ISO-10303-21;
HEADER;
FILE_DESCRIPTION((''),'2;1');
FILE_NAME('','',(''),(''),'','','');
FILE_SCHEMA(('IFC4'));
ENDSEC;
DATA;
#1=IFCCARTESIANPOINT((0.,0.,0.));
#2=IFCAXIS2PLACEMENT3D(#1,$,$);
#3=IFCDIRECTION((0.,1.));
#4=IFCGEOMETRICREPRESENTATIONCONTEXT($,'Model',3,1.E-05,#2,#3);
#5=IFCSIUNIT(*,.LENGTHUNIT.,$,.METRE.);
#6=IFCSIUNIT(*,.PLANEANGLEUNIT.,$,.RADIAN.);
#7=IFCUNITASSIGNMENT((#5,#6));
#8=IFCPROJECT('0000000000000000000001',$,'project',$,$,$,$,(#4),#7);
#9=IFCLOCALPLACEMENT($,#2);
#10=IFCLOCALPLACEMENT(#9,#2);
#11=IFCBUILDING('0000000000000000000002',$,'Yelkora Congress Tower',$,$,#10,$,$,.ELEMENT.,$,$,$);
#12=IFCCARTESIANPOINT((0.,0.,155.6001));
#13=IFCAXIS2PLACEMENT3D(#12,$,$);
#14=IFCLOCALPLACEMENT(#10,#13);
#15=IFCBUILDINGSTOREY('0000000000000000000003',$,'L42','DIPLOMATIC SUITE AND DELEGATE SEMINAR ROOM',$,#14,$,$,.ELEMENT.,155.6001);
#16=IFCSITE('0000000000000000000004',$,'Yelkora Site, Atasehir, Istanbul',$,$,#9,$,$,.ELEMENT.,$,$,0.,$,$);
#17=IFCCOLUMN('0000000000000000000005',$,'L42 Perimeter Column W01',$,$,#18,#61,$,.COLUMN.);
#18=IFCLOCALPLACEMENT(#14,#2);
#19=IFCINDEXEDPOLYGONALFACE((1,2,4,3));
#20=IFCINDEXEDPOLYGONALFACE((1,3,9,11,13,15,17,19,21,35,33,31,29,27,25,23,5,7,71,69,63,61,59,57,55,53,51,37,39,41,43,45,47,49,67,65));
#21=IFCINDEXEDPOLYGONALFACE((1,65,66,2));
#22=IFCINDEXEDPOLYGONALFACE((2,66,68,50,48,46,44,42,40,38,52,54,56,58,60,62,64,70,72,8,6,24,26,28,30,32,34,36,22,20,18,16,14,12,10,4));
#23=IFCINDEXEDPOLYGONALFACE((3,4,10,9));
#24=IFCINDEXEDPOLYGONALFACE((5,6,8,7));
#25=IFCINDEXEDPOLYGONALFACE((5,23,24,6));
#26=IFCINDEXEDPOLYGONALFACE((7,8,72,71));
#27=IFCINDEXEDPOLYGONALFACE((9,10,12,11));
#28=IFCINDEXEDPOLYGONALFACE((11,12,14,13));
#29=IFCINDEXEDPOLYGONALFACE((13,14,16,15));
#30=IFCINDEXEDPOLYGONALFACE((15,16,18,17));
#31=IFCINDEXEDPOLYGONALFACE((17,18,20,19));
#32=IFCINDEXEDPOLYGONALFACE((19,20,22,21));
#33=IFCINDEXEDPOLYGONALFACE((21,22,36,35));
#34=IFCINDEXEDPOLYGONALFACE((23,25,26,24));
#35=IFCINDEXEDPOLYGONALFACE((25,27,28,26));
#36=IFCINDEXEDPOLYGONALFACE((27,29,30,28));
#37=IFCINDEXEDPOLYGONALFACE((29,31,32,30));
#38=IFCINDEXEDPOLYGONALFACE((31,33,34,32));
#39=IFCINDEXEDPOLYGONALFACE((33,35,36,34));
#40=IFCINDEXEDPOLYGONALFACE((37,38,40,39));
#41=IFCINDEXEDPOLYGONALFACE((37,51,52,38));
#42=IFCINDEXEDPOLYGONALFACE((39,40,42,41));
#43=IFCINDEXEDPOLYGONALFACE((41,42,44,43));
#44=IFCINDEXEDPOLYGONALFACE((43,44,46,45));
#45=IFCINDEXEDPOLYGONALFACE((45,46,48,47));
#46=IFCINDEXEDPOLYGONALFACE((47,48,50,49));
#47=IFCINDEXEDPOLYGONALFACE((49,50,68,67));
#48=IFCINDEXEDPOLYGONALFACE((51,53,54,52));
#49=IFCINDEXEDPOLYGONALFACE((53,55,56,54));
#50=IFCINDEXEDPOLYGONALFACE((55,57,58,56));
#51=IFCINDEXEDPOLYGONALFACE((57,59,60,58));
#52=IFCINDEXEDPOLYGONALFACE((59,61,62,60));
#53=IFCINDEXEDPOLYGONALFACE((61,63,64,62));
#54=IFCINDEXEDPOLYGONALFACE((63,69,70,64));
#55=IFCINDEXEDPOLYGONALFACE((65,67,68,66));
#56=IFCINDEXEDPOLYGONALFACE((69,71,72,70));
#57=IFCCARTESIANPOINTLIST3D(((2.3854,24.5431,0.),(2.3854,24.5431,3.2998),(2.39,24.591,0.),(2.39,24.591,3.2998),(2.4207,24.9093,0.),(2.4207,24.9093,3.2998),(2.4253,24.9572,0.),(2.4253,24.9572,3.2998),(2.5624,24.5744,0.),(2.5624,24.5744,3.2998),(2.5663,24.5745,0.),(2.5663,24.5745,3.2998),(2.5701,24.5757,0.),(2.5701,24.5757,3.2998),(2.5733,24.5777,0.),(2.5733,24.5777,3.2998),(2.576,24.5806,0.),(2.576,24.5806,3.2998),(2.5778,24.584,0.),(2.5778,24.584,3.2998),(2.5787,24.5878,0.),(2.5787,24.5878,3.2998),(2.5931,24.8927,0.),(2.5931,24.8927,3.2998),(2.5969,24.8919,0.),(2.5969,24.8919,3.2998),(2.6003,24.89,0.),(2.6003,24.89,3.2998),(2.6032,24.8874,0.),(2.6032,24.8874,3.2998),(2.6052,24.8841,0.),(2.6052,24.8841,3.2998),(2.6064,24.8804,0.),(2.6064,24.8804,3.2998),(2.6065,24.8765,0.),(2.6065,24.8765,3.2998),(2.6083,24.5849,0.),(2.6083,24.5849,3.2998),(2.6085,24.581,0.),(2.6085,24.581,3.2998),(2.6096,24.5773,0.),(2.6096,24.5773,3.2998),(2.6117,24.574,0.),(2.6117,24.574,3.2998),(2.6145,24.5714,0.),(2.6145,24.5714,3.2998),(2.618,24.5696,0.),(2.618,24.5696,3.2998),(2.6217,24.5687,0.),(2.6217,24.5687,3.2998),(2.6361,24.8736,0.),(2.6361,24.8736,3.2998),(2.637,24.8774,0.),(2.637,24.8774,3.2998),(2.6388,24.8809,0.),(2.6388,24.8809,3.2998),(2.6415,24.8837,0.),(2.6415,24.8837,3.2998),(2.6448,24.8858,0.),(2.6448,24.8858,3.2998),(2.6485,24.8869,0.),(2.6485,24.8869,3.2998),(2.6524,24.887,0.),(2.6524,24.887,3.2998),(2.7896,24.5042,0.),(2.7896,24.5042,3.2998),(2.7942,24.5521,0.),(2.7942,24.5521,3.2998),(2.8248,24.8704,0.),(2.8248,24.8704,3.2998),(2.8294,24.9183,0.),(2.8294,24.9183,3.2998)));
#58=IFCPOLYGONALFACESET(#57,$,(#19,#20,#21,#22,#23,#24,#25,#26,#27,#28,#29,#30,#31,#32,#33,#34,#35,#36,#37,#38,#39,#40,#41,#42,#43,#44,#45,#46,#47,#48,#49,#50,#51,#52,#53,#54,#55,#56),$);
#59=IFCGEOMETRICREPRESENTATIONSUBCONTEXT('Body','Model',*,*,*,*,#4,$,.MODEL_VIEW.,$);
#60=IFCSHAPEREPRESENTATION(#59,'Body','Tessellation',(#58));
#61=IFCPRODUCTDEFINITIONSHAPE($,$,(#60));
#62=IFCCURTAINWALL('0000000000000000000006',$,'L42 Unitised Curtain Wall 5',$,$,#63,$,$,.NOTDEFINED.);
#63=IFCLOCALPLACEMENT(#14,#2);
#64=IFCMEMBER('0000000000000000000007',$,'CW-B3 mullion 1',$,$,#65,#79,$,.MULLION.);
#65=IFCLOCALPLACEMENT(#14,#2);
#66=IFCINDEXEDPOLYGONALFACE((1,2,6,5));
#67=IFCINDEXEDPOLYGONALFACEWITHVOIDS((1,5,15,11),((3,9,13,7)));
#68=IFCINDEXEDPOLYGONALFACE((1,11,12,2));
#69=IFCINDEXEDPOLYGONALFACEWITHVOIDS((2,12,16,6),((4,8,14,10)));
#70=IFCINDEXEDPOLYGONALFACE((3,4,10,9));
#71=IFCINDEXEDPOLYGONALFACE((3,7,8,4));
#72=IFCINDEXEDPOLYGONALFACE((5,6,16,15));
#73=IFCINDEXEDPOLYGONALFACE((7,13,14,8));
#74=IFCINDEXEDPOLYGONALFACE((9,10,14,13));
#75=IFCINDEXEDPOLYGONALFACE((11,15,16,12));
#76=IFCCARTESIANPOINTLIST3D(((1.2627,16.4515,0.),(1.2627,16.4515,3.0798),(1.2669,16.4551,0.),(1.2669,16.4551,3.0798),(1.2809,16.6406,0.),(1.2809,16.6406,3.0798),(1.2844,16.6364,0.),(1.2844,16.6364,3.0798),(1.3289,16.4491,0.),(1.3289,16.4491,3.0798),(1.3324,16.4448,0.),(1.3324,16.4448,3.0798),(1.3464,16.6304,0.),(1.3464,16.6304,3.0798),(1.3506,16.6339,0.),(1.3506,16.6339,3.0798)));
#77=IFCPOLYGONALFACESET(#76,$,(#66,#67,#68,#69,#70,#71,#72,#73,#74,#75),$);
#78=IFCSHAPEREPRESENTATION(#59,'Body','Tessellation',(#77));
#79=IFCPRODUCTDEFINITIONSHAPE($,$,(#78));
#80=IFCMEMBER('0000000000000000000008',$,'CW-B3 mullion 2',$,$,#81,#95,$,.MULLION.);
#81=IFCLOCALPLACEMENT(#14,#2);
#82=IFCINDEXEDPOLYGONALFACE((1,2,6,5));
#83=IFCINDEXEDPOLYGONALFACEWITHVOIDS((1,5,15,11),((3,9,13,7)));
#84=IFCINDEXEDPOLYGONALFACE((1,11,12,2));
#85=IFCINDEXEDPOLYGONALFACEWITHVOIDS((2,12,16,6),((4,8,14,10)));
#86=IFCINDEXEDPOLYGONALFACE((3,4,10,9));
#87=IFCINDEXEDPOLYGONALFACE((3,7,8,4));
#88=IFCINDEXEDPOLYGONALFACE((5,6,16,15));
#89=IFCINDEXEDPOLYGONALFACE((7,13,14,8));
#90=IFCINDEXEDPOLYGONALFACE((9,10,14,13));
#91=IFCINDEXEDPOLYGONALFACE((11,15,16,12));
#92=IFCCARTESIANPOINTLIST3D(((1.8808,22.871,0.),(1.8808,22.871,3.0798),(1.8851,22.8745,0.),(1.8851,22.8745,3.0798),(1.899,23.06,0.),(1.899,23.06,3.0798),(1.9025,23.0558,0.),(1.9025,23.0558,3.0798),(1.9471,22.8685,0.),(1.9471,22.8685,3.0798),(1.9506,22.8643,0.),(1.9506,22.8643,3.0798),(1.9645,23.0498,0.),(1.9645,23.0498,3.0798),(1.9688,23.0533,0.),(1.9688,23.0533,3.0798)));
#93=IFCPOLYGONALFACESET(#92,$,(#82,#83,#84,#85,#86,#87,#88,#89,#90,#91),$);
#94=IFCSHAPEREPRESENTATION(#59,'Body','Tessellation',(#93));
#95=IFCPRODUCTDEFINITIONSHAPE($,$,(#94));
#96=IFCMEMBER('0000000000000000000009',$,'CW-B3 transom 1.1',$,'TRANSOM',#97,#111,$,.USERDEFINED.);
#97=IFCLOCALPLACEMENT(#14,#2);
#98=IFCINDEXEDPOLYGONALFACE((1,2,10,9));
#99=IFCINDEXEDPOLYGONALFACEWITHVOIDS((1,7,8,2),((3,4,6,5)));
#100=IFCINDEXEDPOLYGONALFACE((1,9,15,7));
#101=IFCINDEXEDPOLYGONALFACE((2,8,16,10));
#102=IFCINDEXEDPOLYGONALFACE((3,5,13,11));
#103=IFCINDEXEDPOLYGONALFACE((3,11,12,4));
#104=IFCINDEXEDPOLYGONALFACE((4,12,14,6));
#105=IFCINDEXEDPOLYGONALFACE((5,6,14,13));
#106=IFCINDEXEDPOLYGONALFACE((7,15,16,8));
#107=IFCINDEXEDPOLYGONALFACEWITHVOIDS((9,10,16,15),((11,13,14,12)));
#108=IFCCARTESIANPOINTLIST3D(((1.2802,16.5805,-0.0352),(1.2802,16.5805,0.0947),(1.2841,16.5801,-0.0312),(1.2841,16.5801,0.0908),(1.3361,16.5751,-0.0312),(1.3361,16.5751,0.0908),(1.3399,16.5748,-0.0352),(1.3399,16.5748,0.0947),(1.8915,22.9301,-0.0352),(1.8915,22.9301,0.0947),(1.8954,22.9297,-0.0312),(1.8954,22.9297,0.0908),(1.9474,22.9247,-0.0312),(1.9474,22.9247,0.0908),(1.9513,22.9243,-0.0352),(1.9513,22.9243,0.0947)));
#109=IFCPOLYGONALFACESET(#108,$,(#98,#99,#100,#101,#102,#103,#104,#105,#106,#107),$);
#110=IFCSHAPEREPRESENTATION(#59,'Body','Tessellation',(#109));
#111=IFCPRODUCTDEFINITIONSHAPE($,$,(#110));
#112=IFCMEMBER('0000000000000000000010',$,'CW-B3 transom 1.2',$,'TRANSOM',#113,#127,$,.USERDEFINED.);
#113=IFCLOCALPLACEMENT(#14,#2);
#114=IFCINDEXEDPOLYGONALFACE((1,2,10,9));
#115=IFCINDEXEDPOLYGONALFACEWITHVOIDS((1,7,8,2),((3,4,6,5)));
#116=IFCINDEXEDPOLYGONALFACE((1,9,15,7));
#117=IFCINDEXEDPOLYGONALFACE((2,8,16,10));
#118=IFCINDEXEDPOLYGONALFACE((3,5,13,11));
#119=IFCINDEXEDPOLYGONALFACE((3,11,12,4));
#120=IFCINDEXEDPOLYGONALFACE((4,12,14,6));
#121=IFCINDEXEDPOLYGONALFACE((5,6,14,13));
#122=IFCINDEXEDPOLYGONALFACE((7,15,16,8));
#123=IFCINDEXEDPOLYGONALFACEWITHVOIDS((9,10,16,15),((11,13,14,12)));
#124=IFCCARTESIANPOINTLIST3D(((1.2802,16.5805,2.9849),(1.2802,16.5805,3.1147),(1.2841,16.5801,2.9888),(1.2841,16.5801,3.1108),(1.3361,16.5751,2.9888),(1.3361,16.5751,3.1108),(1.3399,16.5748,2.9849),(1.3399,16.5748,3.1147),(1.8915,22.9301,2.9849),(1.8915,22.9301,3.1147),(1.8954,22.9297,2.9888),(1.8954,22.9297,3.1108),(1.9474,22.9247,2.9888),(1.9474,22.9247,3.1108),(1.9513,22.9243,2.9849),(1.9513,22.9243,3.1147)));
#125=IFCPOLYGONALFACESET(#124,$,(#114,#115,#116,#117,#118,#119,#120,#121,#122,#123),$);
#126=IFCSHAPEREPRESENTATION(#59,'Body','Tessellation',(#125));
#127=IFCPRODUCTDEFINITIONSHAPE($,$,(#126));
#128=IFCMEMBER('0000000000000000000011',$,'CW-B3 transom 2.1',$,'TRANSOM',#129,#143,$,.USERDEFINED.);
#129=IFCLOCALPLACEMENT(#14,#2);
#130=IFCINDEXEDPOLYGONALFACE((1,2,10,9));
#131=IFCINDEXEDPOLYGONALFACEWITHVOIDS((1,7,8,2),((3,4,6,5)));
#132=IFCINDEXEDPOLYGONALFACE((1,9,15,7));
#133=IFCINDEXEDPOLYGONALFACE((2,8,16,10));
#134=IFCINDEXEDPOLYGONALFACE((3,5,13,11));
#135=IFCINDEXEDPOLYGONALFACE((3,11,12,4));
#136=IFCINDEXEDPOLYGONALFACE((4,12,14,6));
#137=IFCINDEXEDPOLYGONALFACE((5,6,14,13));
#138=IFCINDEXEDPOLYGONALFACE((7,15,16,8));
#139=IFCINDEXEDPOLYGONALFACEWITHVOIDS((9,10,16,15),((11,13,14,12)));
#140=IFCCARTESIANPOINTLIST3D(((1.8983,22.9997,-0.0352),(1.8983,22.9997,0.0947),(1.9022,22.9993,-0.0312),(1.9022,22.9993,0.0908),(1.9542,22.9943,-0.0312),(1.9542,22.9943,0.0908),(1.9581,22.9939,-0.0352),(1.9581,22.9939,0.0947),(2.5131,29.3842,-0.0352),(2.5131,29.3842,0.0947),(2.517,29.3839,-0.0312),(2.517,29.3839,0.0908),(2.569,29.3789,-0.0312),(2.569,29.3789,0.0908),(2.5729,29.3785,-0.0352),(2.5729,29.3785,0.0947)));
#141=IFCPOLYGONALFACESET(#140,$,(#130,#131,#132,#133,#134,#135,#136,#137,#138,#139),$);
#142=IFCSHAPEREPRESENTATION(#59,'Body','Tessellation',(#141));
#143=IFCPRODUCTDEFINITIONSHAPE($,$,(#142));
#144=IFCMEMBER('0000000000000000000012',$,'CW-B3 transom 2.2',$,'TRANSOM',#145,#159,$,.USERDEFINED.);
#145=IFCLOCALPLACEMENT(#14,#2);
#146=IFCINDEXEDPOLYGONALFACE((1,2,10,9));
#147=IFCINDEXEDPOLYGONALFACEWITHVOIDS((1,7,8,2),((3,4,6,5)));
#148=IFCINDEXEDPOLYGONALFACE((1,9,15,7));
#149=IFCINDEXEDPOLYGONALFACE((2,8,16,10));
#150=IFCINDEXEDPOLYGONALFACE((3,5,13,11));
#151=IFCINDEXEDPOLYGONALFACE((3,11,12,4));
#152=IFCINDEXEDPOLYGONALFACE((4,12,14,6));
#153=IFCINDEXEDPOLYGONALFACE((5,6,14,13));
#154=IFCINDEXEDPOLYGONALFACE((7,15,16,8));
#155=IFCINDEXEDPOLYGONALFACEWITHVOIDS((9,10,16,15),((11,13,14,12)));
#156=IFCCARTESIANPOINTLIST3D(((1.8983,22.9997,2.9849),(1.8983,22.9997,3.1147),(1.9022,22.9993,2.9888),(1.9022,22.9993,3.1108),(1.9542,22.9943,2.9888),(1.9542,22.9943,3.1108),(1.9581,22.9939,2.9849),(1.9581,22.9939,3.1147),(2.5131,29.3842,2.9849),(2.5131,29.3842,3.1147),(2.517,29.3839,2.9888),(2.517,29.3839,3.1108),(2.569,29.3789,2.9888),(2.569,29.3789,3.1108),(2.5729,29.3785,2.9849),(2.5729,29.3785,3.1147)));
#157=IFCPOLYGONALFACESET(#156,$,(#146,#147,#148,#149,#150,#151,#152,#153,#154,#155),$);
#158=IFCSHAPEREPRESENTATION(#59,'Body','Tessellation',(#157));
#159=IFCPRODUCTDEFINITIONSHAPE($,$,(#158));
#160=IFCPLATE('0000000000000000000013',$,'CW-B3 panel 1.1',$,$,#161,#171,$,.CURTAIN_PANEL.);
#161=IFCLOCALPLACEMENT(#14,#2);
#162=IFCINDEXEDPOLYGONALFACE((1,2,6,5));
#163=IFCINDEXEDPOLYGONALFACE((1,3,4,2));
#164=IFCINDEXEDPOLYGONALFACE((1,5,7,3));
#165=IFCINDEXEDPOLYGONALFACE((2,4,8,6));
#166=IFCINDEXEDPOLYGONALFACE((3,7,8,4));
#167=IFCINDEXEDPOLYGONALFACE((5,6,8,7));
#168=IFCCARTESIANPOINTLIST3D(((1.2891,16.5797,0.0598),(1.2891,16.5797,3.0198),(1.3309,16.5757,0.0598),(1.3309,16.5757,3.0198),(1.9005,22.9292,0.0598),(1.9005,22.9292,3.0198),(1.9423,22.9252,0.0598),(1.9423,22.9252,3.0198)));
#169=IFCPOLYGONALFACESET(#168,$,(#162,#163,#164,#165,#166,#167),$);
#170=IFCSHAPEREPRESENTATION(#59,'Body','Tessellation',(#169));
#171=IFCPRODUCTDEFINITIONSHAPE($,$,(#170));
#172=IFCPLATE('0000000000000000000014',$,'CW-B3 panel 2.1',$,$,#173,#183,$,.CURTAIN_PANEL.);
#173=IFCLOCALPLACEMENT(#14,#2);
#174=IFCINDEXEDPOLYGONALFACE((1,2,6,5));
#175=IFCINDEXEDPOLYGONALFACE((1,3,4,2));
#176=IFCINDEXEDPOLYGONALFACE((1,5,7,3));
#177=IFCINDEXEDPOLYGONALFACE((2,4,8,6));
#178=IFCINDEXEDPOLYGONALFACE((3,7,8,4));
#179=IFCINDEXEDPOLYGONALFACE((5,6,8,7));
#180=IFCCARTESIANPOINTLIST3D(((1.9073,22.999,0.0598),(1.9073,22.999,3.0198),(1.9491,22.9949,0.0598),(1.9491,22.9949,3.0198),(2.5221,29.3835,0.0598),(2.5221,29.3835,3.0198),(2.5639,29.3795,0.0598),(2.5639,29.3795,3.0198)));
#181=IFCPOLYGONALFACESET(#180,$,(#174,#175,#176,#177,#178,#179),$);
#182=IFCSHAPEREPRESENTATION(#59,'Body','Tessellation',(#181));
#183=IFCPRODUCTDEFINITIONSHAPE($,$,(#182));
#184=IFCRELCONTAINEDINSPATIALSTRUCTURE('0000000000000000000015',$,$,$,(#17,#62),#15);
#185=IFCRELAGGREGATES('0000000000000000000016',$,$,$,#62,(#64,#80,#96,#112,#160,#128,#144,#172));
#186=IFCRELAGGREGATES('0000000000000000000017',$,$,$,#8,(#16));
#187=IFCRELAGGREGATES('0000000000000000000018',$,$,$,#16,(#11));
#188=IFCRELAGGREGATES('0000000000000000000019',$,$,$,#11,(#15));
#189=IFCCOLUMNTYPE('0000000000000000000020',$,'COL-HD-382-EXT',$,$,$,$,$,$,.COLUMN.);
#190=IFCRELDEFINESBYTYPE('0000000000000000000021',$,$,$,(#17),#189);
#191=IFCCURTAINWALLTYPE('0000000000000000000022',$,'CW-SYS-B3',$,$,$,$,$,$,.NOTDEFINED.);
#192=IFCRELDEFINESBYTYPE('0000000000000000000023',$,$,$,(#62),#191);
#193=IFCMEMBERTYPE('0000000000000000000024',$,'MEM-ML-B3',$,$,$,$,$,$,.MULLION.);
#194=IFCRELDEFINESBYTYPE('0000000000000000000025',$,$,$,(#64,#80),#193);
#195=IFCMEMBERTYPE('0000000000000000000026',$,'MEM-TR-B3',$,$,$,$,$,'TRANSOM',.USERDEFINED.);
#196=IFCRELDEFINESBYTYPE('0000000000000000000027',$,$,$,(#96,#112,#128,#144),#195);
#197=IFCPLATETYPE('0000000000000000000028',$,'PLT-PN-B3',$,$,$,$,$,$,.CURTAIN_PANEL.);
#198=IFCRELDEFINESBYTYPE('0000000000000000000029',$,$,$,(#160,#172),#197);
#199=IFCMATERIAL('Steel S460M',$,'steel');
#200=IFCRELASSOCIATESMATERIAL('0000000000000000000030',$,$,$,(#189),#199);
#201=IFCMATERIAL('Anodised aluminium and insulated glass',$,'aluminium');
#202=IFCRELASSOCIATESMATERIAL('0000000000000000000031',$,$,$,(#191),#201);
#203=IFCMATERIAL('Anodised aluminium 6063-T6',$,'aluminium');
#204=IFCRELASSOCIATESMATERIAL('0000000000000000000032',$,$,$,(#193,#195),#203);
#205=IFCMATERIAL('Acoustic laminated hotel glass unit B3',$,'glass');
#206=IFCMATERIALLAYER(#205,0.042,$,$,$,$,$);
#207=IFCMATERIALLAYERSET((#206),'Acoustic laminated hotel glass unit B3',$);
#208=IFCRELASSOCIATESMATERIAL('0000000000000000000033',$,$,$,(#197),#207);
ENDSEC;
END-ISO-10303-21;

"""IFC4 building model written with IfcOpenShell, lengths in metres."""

from ifc_helpers import new_model, si_unit, direction, frame, origin, origin_2d, place, context, subcontext, project, spatial, rectangle, hollow_rectangle, i_section, extrude, material, layer, layer_set, material_profile, profile_set, type_object, element, aggregate, save


model = new_model("IFC4")

# Units and contexts
model_context = context("Model", 3, precision=1e-05, world=origin(), true_north=direction((0.0, 1.0)))
body_context = subcontext(model_context, "Body", "Model", "MODEL_VIEW")
ifc_project = project(units=[si_unit("LENGTHUNIT", "METRE"), si_unit("PLANEANGLEUNIT", "RADIAN")], contexts=[model_context])

# Site, building, storey
site_placement = place(None, origin())
site = spatial("IfcSite", under=ifc_project, at=site_placement, Name="Yelkora Site, Atasehir, Istanbul", CompositionType="ELEMENT", RefElevation=0.0)
building_placement = place(site_placement, origin())
building = spatial("IfcBuilding", under=site, at=building_placement, Name="Yelkora Congress Tower", CompositionType="ELEMENT")
storey_placement = place(building_placement, frame((0.0, 0.0, 155.6001)))
storey = spatial("IfcBuildingStorey", under=building, at=storey_placement, Name="L42", Description="DIPLOMATIC SUITE AND DELEGATE SEMINAR ROOM", CompositionType="ELEMENT", Elevation=155.6001)

# Column
ifc_material_1 = material(Name="Steel S460M", Category="steel")
ifc_material_profile_1 = material_profile(ifc_material_1, i_section(OverallWidth=0.406, OverallDepth=0.416, WebThickness=0.0298, FlangeThickness=0.0481, FilletRadius=0.0149, at=origin_2d()), Name="HD 400x382")
ifc_profile_set_1 = profile_set([ifc_material_profile_1], Name="Steel S460M")
column_type = type_object("IfcColumnType", Name="COL-HD-382-EXT", PredefinedType="COLUMN", material=ifc_profile_set_1)
column_placement = place(storey_placement, frame((2.6074, 24.7307, 0.0), z_axis=(0.0, 0.0, 1.0), x_axis=(0.995396, -0.095846, 0.0)))
element("IfcColumn", 1, at=column_placement, inside=storey, type_object=column_type, Name="L42 Perimeter Column W01", PredefinedType="COLUMN", context=body_context, shape_type="SweptSolid", body=[
    extrude(i_section(OverallWidth=0.406, OverallDepth=0.416, WebThickness=0.0298, FlangeThickness=0.0481, FilletRadius=0.0149, at=origin_2d()), origin(), (0.0, 0.0, 1.0), 3.2998),
])

# Curtain wall, members, plates
ifc_material_2 = material(Name="Anodised aluminium and insulated glass", Category="aluminium")
curtain_wall_type = type_object("IfcCurtainWallType", Name="CW-SYS-B3", PredefinedType="NOTDEFINED", material=ifc_material_2)
curtain_wall_placement = place(storey_placement, origin())
curtain_wall = element("IfcCurtainWall", 2, at=curtain_wall_placement, inside=storey, type_object=curtain_wall_type, Name="L42 Unitised Curtain Wall 5", PredefinedType="NOTDEFINED")
ifc_material_3 = material(Name="Anodised aluminium 6063-T6", Category="aluminium")
ifc_material_profile_2 = material_profile(ifc_material_3, hollow_rectangle(XDim=0.0701, YDim=0.1899, WallThickness=0.0039, at=origin_2d()), Name="ALU 70x190x4")
ifc_profile_set_2 = profile_set([ifc_material_profile_2], Name="Anodised aluminium 6063-T6")
member_type_1 = type_object("IfcMemberType", Name="MEM-ML-B3", PredefinedType="MULLION", material=ifc_profile_set_2)
member_1_placement = place(storey_placement, frame((1.3066, 16.5427, 0.0), z_axis=(0.0, 0.0, 1.0), x_axis=(-0.995396, 0.095845, 0.0)))
member_1 = element("IfcMember", 3, at=member_1_placement, type_object=member_type_1, Name="CW-B3 mullion 1", PredefinedType="MULLION", context=body_context, shape_type="SweptSolid", body=[
    extrude(hollow_rectangle(XDim=0.0701, YDim=0.1899, WallThickness=0.0039, at=origin_2d()), origin(), (0.0, 0.0, 1.0), 3.0798),
])
member_2_placement = place(storey_placement, frame((1.9248, 22.9622, 0.0), z_axis=(0.0, 0.0, 1.0), x_axis=(-0.995396, 0.095845, 0.0)))
member_2 = element("IfcMember", 4, at=member_2_placement, type_object=member_type_1, Name="CW-B3 mullion 2", PredefinedType="MULLION", context=body_context, shape_type="SweptSolid", body=[
    extrude(hollow_rectangle(XDim=0.0701, YDim=0.1899, WallThickness=0.0039, at=origin_2d()), origin(), (0.0, 0.0, 1.0), 3.0798),
])
ifc_material_profile_3 = material_profile(ifc_material_3, hollow_rectangle(XDim=0.0601, YDim=0.1299, WallThickness=0.0039, at=origin_2d()), Name="ALU 60x130x4")
ifc_profile_set_3 = profile_set([ifc_material_profile_3], Name="Anodised aluminium 6063-T6")
member_type_2 = type_object("IfcMemberType", Name="MEM-TR-B3", ElementType="TRANSOM", PredefinedType="USERDEFINED", material=ifc_profile_set_3)
member_3_placement = place(storey_placement, frame((1.3101, 16.5776, 0.0298), z_axis=(0.095835, 0.995397, 0.0), x_axis=(-0.995397, 0.095835, 0.0)))
member_3 = element("IfcMember", 5, at=member_3_placement, type_object=member_type_2, Name="CW-B3 transom 1.1", ObjectType="TRANSOM", PredefinedType="USERDEFINED", context=body_context, shape_type="SweptSolid", body=[
    extrude(hollow_rectangle(XDim=0.0601, YDim=0.1299, WallThickness=0.0039, at=origin_2d()), origin(), (0.0, 0.0, 1.0), 6.3789),
])
member_4_placement = place(storey_placement, frame((1.3101, 16.5776, 3.0498), z_axis=(0.095835, 0.995397, 0.0), x_axis=(-0.995397, 0.095835, 0.0)))
member_4 = element("IfcMember", 6, at=member_4_placement, type_object=member_type_2, Name="CW-B3 transom 1.2", ObjectType="TRANSOM", PredefinedType="USERDEFINED", context=body_context, shape_type="SweptSolid", body=[
    extrude(hollow_rectangle(XDim=0.0601, YDim=0.1299, WallThickness=0.0039, at=origin_2d()), origin(), (0.0, 0.0, 1.0), 6.3789),
])
member_5_placement = place(storey_placement, frame((1.9282, 22.9968, 0.0298), z_axis=(0.095844, 0.995396, 0.0), x_axis=(-0.995396, 0.095844, 0.0)))
member_5 = element("IfcMember", 7, at=member_5_placement, type_object=member_type_2, Name="CW-B3 transom 2.1", ObjectType="TRANSOM", PredefinedType="USERDEFINED", context=body_context, shape_type="SweptSolid", body=[
    extrude(hollow_rectangle(XDim=0.0601, YDim=0.1299, WallThickness=0.0039, at=origin_2d()), origin(), (0.0, 0.0, 1.0), 6.4141),
])
member_6_placement = place(storey_placement, frame((1.9282, 22.9968, 3.0498), z_axis=(0.095844, 0.995396, 0.0), x_axis=(-0.995396, 0.095844, 0.0)))
member_6 = element("IfcMember", 8, at=member_6_placement, type_object=member_type_2, Name="CW-B3 transom 2.2", ObjectType="TRANSOM", PredefinedType="USERDEFINED", context=body_context, shape_type="SweptSolid", body=[
    extrude(hollow_rectangle(XDim=0.0601, YDim=0.1299, WallThickness=0.0039, at=origin_2d()), origin(), (0.0, 0.0, 1.0), 6.4141),
])
ifc_material_4 = material(Name="Acoustic laminated hotel glass unit B3", Category="glass")
ifc_layer_1 = layer(ifc_material_4, 0.042)
ifc_layer_set_1 = layer_set([ifc_layer_1], Name="Acoustic laminated hotel glass unit B3")
plate_type = type_object("IfcPlateType", Name="PLT-PN-B3", PredefinedType="CURTAIN_PANEL", material=ifc_layer_set_1)
plate_1_placement = place(storey_placement, frame((1.6157, 19.7524, 0.0598), z_axis=(0.0, 0.0, 1.0), x_axis=(0.095845, 0.995396, 0.0)))
plate_1 = element("IfcPlate", 9, at=plate_1_placement, type_object=plate_type, Name="CW-B3 panel 1.1", PredefinedType="CURTAIN_PANEL", context=body_context, shape_type="SweptSolid", body=[
    extrude(rectangle(XDim=6.3789, YDim=0.042, at=origin_2d()), origin(), (0.0, 0.0, 1.0), 2.96),
])
plate_2_placement = place(storey_placement, frame((2.2356, 26.1892, 0.0598), z_axis=(0.0, 0.0, 1.0), x_axis=(0.095845, 0.995396, 0.0)))
plate_2 = element("IfcPlate", 10, at=plate_2_placement, type_object=plate_type, Name="CW-B3 panel 2.1", PredefinedType="CURTAIN_PANEL", context=body_context, shape_type="SweptSolid", body=[
    extrude(rectangle(XDim=6.4141, YDim=0.042, at=origin_2d()), origin(), (0.0, 0.0, 1.0), 2.96),
])
aggregate(curtain_wall, [member_1, member_2, member_3, member_4, plate_1, member_5, member_6, plate_2])

save(model, "model.ifc")
